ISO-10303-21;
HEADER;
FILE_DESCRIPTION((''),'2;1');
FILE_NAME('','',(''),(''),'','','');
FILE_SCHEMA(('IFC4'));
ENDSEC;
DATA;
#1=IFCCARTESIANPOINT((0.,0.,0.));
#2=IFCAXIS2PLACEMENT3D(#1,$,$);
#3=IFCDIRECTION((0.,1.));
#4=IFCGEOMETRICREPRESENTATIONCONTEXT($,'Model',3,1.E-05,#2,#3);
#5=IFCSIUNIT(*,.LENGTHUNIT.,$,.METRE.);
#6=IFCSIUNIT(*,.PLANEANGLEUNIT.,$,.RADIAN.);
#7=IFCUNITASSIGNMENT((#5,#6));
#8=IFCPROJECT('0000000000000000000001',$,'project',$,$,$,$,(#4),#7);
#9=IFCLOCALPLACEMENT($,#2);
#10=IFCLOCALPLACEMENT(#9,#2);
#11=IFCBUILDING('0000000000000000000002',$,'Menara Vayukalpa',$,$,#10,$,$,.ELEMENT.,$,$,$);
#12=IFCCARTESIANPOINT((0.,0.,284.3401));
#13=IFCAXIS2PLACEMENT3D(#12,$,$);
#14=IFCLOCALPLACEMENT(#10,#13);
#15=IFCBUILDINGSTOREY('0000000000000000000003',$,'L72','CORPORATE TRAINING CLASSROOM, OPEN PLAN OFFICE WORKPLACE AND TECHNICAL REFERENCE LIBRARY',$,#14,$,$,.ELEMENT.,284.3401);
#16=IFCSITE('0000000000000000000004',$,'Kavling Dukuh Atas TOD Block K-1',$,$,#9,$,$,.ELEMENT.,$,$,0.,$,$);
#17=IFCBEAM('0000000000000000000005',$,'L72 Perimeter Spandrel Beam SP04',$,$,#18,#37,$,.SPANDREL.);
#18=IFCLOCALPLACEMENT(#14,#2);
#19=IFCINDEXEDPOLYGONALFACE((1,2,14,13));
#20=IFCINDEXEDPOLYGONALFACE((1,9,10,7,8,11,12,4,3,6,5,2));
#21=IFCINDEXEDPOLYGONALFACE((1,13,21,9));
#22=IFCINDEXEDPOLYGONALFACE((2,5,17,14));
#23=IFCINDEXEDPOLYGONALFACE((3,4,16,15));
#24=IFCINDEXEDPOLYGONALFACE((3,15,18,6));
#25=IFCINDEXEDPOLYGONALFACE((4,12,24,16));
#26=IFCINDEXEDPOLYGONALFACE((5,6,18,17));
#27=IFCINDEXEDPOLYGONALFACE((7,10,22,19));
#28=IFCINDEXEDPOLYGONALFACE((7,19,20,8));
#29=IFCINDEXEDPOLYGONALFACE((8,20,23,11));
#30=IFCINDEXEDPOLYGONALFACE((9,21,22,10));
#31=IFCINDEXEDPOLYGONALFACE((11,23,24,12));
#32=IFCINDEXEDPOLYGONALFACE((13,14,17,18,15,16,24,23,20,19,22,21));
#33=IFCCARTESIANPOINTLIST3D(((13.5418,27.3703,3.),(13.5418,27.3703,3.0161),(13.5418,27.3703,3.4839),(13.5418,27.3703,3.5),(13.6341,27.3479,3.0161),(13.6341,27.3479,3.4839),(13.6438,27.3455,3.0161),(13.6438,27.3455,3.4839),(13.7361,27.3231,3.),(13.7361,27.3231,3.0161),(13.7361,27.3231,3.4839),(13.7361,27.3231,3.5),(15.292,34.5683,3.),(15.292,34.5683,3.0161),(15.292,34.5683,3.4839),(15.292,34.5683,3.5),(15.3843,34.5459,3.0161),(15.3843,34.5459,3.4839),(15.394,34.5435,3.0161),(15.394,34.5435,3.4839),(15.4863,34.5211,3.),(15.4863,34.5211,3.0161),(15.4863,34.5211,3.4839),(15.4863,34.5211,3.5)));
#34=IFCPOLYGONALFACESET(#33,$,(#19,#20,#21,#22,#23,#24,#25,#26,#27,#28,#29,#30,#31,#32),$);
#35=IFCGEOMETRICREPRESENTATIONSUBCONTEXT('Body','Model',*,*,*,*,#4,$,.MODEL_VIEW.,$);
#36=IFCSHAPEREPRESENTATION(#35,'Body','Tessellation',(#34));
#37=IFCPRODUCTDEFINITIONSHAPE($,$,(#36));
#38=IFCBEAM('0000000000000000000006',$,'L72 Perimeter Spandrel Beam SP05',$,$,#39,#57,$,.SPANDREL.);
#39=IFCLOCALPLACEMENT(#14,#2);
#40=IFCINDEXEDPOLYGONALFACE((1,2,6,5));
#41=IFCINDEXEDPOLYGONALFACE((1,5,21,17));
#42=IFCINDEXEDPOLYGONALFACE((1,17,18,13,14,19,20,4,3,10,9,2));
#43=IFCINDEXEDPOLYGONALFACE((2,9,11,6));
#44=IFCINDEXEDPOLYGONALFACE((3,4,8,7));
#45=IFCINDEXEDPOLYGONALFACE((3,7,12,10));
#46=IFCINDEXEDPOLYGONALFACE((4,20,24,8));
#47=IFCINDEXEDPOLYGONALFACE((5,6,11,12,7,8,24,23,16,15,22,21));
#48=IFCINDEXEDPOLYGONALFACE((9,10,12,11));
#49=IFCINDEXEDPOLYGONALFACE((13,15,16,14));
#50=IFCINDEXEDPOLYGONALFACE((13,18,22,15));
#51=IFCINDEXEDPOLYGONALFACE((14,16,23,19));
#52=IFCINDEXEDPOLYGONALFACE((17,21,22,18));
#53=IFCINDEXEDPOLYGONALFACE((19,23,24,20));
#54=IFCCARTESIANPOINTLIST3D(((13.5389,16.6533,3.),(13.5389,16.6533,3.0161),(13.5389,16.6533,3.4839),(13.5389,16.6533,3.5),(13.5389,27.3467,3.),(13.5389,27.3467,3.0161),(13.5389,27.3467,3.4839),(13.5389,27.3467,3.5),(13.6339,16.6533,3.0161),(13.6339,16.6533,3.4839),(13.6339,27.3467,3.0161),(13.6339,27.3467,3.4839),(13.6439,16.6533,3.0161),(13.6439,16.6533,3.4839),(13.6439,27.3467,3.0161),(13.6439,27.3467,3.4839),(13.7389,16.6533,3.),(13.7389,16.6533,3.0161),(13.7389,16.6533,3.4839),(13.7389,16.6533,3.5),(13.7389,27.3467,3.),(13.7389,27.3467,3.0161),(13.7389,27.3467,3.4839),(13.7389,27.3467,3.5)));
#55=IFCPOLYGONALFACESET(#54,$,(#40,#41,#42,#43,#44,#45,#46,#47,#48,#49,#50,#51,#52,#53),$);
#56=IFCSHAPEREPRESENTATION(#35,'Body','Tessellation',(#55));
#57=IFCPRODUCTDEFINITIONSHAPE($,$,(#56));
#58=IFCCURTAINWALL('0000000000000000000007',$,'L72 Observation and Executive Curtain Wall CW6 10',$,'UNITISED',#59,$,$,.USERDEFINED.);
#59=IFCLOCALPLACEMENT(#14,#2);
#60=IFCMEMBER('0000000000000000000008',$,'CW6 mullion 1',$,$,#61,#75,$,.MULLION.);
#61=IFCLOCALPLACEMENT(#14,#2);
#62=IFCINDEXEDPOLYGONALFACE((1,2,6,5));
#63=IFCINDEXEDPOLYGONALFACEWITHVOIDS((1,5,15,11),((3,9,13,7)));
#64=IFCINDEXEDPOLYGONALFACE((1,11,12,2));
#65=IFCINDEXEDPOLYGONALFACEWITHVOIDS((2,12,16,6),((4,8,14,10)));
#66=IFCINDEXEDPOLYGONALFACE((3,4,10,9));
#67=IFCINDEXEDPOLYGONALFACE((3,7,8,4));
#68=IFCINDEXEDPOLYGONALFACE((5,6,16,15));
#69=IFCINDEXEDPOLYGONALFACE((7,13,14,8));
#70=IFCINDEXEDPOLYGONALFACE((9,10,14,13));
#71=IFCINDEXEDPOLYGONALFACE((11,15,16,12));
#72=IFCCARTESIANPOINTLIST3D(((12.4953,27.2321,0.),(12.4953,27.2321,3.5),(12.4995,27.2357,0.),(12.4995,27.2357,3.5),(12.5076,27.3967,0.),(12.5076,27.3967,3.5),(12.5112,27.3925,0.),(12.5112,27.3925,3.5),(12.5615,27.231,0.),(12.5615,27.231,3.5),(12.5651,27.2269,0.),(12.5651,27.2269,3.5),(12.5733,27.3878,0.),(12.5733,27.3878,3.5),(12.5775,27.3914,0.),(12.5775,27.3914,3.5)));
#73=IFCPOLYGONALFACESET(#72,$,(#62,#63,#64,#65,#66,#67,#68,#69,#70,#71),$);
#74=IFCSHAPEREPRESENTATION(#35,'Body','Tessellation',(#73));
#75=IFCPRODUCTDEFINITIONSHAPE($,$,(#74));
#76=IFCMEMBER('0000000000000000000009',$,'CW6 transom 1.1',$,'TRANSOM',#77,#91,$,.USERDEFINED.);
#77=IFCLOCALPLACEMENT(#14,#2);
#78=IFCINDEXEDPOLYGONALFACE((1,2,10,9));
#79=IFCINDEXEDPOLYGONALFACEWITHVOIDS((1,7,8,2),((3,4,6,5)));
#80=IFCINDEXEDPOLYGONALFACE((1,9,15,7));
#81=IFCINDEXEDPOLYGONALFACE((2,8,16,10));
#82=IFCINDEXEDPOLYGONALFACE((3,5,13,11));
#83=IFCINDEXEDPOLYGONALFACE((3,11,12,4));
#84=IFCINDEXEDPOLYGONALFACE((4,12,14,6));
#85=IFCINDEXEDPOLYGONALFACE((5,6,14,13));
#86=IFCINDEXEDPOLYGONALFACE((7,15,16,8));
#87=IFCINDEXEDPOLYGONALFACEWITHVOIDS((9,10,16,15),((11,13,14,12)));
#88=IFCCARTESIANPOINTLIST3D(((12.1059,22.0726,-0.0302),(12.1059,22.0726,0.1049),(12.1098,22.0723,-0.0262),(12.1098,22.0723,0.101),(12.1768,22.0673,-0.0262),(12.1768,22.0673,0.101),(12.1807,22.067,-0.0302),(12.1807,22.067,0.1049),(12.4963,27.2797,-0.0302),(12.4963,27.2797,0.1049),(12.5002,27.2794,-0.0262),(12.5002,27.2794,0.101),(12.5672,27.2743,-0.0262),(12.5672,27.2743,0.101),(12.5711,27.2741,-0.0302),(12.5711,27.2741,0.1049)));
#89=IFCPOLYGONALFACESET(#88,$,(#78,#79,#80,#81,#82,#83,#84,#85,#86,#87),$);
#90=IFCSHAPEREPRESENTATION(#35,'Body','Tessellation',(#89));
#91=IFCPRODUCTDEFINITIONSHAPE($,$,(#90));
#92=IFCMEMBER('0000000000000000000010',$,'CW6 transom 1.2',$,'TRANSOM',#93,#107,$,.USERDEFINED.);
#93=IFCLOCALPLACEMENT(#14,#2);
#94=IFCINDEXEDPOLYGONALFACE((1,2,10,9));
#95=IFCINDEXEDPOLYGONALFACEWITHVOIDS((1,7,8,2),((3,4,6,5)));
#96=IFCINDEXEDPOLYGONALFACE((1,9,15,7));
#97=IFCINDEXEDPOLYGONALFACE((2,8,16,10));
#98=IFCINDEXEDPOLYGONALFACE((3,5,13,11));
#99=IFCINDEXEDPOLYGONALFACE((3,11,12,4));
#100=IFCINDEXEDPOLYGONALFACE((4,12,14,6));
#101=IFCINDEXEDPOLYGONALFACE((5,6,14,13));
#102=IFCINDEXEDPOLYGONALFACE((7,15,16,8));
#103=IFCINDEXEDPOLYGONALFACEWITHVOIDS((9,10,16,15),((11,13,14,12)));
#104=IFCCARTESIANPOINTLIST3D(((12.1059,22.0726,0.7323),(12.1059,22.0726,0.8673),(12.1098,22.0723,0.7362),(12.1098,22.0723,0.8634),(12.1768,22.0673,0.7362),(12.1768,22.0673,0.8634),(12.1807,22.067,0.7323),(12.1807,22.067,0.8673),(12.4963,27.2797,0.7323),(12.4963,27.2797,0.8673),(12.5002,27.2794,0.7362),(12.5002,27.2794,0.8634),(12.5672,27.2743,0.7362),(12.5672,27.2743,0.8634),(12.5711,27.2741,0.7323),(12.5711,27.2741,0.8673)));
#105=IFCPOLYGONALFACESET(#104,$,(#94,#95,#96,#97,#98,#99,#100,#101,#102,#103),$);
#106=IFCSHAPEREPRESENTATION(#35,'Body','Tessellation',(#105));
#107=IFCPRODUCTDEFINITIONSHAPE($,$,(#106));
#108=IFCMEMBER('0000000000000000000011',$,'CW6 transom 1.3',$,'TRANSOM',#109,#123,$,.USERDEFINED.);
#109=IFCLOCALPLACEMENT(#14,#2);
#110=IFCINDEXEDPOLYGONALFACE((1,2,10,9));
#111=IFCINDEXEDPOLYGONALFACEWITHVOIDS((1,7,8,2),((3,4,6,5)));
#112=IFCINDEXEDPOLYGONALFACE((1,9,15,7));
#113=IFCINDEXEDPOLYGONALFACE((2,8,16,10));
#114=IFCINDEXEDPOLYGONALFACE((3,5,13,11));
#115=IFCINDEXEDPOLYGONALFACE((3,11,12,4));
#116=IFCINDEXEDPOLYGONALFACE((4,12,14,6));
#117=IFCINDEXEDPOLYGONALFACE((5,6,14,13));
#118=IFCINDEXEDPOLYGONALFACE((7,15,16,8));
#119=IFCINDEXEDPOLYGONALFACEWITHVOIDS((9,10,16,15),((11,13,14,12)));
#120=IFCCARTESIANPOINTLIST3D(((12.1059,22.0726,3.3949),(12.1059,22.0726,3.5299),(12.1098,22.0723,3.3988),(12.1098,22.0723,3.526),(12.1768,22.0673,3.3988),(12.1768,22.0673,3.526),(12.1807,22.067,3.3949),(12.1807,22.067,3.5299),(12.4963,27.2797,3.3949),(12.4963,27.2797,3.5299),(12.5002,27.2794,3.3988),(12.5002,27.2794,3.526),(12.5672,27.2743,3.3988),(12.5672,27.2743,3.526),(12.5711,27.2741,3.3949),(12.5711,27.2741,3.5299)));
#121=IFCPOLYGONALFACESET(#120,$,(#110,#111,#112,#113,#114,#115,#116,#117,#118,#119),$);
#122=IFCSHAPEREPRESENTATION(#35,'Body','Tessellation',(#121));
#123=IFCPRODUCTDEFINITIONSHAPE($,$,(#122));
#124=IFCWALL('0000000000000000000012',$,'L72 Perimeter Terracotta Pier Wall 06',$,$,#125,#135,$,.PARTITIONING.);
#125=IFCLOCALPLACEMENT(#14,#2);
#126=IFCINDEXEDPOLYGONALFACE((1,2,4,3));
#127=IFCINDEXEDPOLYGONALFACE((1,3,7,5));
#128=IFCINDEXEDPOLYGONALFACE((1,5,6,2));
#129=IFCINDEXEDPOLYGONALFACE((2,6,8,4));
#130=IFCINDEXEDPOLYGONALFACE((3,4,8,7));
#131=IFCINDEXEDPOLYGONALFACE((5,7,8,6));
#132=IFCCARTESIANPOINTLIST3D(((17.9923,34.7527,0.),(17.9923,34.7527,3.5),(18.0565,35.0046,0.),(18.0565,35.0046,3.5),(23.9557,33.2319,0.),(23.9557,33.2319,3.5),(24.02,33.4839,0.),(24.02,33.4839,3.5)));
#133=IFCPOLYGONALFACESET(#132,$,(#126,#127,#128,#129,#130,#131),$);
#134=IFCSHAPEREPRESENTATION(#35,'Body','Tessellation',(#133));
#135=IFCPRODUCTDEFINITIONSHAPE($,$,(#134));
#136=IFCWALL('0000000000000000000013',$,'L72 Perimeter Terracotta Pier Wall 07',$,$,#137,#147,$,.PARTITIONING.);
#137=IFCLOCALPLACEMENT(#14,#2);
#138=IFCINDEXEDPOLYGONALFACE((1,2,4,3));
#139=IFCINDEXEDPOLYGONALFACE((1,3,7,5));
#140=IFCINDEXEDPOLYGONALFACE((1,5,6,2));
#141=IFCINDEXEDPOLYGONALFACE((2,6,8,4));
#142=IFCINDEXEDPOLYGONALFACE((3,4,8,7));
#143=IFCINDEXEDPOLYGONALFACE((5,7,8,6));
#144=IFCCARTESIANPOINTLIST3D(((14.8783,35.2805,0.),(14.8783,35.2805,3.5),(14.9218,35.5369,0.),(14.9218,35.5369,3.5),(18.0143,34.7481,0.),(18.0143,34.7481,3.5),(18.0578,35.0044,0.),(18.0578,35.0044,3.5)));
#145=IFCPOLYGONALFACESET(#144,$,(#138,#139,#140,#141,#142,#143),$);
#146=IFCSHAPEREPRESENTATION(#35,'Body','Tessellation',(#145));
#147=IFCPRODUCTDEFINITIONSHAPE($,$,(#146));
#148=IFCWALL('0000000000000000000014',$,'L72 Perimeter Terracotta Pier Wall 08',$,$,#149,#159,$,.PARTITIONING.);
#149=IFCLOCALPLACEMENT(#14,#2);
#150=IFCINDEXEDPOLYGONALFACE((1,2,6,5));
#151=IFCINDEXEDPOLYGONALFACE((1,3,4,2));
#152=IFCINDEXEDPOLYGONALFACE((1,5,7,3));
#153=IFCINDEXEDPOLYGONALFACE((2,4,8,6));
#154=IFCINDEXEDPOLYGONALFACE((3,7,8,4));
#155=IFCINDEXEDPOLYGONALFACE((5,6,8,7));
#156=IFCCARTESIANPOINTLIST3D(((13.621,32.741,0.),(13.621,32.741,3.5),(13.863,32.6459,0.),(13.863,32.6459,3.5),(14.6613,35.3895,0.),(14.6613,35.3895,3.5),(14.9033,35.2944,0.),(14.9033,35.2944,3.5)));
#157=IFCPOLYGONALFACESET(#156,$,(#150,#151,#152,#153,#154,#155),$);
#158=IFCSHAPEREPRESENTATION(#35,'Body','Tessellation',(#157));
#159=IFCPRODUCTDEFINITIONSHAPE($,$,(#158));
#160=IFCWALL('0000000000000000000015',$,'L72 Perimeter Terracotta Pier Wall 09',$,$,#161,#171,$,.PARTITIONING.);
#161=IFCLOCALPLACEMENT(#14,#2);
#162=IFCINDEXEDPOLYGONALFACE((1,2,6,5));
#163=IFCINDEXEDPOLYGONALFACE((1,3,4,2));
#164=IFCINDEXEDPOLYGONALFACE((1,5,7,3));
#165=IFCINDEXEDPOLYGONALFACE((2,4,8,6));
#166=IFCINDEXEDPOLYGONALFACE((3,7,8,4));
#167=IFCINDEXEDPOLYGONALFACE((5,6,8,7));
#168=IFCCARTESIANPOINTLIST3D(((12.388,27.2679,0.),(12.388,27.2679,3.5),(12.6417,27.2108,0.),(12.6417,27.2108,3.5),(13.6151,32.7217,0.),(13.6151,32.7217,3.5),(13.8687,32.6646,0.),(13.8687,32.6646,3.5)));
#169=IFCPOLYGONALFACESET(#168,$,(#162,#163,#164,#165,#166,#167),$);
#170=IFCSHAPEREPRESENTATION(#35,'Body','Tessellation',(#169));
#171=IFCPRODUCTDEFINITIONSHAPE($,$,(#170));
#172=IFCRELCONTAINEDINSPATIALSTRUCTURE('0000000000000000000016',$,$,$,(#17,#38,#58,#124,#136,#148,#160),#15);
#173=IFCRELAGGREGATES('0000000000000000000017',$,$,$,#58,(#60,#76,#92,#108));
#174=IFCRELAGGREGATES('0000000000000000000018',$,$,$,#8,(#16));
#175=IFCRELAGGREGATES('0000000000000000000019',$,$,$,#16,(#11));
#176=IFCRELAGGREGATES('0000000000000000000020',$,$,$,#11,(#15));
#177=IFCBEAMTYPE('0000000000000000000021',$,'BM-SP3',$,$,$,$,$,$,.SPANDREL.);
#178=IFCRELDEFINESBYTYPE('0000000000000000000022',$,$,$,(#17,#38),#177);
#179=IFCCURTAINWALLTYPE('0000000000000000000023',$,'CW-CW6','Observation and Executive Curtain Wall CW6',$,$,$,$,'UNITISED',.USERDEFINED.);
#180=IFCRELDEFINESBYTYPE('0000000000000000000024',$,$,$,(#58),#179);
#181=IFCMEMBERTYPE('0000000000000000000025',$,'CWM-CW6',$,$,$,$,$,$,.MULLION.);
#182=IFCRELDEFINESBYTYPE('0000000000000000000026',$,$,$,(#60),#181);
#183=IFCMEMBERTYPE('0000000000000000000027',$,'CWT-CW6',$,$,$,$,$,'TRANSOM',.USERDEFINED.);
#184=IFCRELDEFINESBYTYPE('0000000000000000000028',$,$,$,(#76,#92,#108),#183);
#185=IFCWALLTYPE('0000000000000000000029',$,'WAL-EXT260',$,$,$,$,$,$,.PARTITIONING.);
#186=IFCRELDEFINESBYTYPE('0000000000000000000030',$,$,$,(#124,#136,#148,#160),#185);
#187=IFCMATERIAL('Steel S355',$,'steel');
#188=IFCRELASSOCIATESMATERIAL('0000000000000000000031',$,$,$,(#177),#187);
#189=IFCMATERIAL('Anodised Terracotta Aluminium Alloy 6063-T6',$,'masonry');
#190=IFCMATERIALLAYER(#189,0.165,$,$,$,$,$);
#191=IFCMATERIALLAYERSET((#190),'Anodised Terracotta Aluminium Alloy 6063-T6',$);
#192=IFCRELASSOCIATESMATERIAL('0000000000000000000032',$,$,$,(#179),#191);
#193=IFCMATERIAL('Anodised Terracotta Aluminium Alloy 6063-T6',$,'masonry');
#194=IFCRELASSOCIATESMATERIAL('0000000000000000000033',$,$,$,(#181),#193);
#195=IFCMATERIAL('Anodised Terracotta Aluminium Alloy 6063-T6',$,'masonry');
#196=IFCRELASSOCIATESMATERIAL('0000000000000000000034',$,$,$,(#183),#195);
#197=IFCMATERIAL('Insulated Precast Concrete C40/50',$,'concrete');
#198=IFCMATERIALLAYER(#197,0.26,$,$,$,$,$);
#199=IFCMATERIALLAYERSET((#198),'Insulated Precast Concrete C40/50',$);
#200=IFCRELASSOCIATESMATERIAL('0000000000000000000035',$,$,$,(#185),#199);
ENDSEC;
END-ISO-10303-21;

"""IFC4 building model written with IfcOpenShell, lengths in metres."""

from ifc_helpers import new_model, si_unit, direction, frame, frame_2d, origin, origin_2d, place, context, subcontext, project, spatial, rectangle, hollow_rectangle, i_section, extrude, material, layer, layer_set, material_profile, profile_set, type_object, element, aggregate, save


model = new_model("IFC4")

# Units and contexts
model_context = context("Model", 3, precision=1e-05, world=origin(), true_north=direction((0.0, 1.0)))
body_context = subcontext(model_context, "Body", "Model", "MODEL_VIEW")
ifc_project = project(units=[si_unit("LENGTHUNIT", "METRE"), si_unit("PLANEANGLEUNIT", "RADIAN")], contexts=[model_context])

# Site, building, storey
site_placement = place(None, origin())
site = spatial("IfcSite", under=ifc_project, at=site_placement, Name="Kavling Dukuh Atas TOD Block K-1", CompositionType="ELEMENT", RefElevation=0.0)
building_placement = place(site_placement, origin())
building = spatial("IfcBuilding", under=site, at=building_placement, Name="Menara Vayukalpa", CompositionType="ELEMENT")
storey_placement = place(building_placement, frame((0.0, 0.0, 284.3401)))
storey = spatial("IfcBuildingStorey", under=building, at=storey_placement, Name="L72", Description="CORPORATE TRAINING CLASSROOM, OPEN PLAN OFFICE WORKPLACE AND TECHNICAL REFERENCE LIBRARY", CompositionType="ELEMENT", Elevation=284.3401)

# Beams
ifc_material_1 = material(Name="Steel S355", Category="steel")
ifc_material_profile_1 = material_profile(ifc_material_1, i_section(OverallWidth=0.2, OverallDepth=0.5, WebThickness=0.01, FlangeThickness=0.0161, at=origin_2d()), Name="WF 500x200x10x16")
ifc_profile_set_1 = profile_set([ifc_material_profile_1], Name="Steel S355")
beam_type_1 = type_object("IfcBeamType", Name="BM-SP3", PredefinedType="SPANDREL", material=ifc_profile_set_1)
beam_1_placement = place(storey_placement, frame((15.3892, 34.5447, 3.25), z_axis=(-0.236273, -0.971687, 0.0), x_axis=(0.971687, -0.236273, 0.0)))
element("IfcBeam", 1, at=beam_1_placement, inside=storey, type_object=beam_type_1, Name="L72 Perimeter Spandrel Beam SP04", PredefinedType="SPANDREL", context=body_context, shape_type="SweptSolid", body=[
    extrude(i_section(OverallWidth=0.2, OverallDepth=0.5, WebThickness=0.01, FlangeThickness=0.0161, at=origin_2d()), origin(), (0.0, 0.0, 1.0), 7.4077),
])
beam_2_placement = place(storey_placement, frame((13.6389, 27.3467, 3.25), z_axis=(0.0, -1.0, 0.0), x_axis=(1.0, 0.0, 0.0)))
element("IfcBeam", 2, at=beam_2_placement, inside=storey, type_object=beam_type_1, Name="L72 Perimeter Spandrel Beam SP05", PredefinedType="SPANDREL", context=body_context, shape_type="SweptSolid", body=[
    extrude(i_section(OverallWidth=0.2, OverallDepth=0.5, WebThickness=0.01, FlangeThickness=0.0161, at=origin_2d()), origin(), (0.0, 0.0, 1.0), 10.6934),
])

# Curtain wall, members
ifc_material_2 = material(Name="Anodised Terracotta Aluminium Alloy 6063-T6", Category="masonry")
ifc_layer_1 = layer(ifc_material_2, 0.165)
ifc_layer_set_1 = layer_set([ifc_layer_1], Name="Anodised Terracotta Aluminium Alloy 6063-T6")
curtain_wall_type = type_object("IfcCurtainWallType", Name="CW-CW6", Description="Observation and Executive Curtain Wall CW6", ElementType="UNITISED", PredefinedType="USERDEFINED", material=ifc_layer_set_1)
curtain_wall_placement = place(storey_placement, origin())
curtain_wall = element("IfcCurtainWall", 3, at=curtain_wall_placement, inside=storey, type_object=curtain_wall_type, Name="L72 Observation and Executive Curtain Wall CW6 10", ObjectType="UNITISED", PredefinedType="USERDEFINED")
ifc_material_3 = material(Name="Anodised Terracotta Aluminium Alloy 6063-T6", Category="masonry")
ifc_material_profile_2 = material_profile(ifc_material_3, hollow_rectangle(XDim=0.0701, YDim=0.165, WallThickness=0.0039, at=origin_2d()), Name="ALU 70x165x4")
ifc_profile_set_2 = profile_set([ifc_material_profile_2], Name="Anodised Terracotta Aluminium Alloy 6063-T6")
member_type_1 = type_object("IfcMemberType", Name="CWM-CW6", PredefinedType="MULLION", material=ifc_profile_set_2)
member_1_placement = place(storey_placement, frame((12.5364, 27.3118, 0.0), z_axis=(0.0, 0.0, 1.0), x_axis=(0.997199, -0.074789, 0.0)))
member_1 = element("IfcMember", 4, at=member_1_placement, type_object=member_type_1, Name="CW6 mullion 1", PredefinedType="MULLION", context=body_context, shape_type="SweptSolid", body=[
    extrude(hollow_rectangle(XDim=0.0701, YDim=0.165, WallThickness=0.0039, at=origin_2d()), origin(), (0.0, 0.0, 1.0), 3.5),
])
ifc_material_4 = material(Name="Anodised Terracotta Aluminium Alloy 6063-T6", Category="masonry")
ifc_material_profile_3 = material_profile(ifc_material_4, hollow_rectangle(XDim=0.075, YDim=0.135, WallThickness=0.0039, at=origin_2d()), Name="ALU 75x135x4")
ifc_profile_set_3 = profile_set([ifc_material_profile_3], Name="Anodised Terracotta Aluminium Alloy 6063-T6")
member_type_2 = type_object("IfcMemberType", Name="CWT-CW6", ElementType="TRANSOM", PredefinedType="USERDEFINED", material=ifc_profile_set_3)
member_2_placement = place(storey_placement, frame((12.5337, 27.2769, 0.0374), z_axis=(-0.074762, -0.997201, 0.0), x_axis=(0.997201, -0.074762, 0.0)))
member_2 = element("IfcMember", 5, at=member_2_placement, type_object=member_type_2, Name="CW6 transom 1.1", ObjectType="TRANSOM", PredefinedType="USERDEFINED", context=body_context, shape_type="SweptSolid", body=[
    extrude(hollow_rectangle(XDim=0.075, YDim=0.135, WallThickness=0.0039, at=origin_2d()), origin(), (0.0, 0.0, 1.0), 5.2217),
])
member_3_placement = place(storey_placement, frame((12.5337, 27.2769, 0.7998), z_axis=(-0.074762, -0.997201, 0.0), x_axis=(0.997201, -0.074762, 0.0)))
member_3 = element("IfcMember", 6, at=member_3_placement, type_object=member_type_2, Name="CW6 transom 1.2", ObjectType="TRANSOM", PredefinedType="USERDEFINED", context=body_context, shape_type="SweptSolid", body=[
    extrude(hollow_rectangle(XDim=0.075, YDim=0.135, WallThickness=0.0039, at=origin_2d()), origin(), (0.0, 0.0, 1.0), 5.2217),
])
member_4_placement = place(storey_placement, frame((12.5337, 27.2769, 3.4624), z_axis=(-0.074762, -0.997201, 0.0), x_axis=(0.997201, -0.074762, 0.0)))
member_4 = element("IfcMember", 7, at=member_4_placement, type_object=member_type_2, Name="CW6 transom 1.3", ObjectType="TRANSOM", PredefinedType="USERDEFINED", context=body_context, shape_type="SweptSolid", body=[
    extrude(hollow_rectangle(XDim=0.075, YDim=0.135, WallThickness=0.0039, at=origin_2d()), origin(), (0.0, 0.0, 1.0), 5.2217),
])
aggregate(curtain_wall, [member_1, member_2, member_3, member_4])

# Walls
ifc_material_5 = material(Name="Insulated Precast Concrete C40/50", Category="concrete")
ifc_layer_2 = layer(ifc_material_5, 0.26)
ifc_layer_set_2 = layer_set([ifc_layer_2], Name="Insulated Precast Concrete C40/50")
wall_type_1 = type_object("IfcWallType", Name="WAL-EXT260", PredefinedType="PARTITIONING", material=ifc_layer_set_2)
wall_1_placement = place(storey_placement, frame((18.0244, 34.8787, 0.0), z_axis=(0.0, 0.0, 1.0), x_axis=(0.968988, -0.247107, 0.0)))
element("IfcWall", 8, at=wall_1_placement, inside=storey, type_object=wall_type_1, Name="L72 Perimeter Terracotta Pier Wall 06", PredefinedType="PARTITIONING", context=body_context, shape_type="SweptSolid", body=[
    extrude(rectangle(XDim=6.1543, YDim=0.26, at=frame_2d((3.0771, 0.0))), origin(), (0.0, 0.0, 1.0), 3.5),
])
wall_2_placement = place(storey_placement, frame((14.9001, 35.4087, 0.0), z_axis=(0.0, 0.0, 1.0), x_axis=(0.985889, -0.167398, 0.0)))
element("IfcWall", 9, at=wall_2_placement, inside=storey, type_object=wall_type_1, Name="L72 Perimeter Terracotta Pier Wall 07", PredefinedType="PARTITIONING", context=body_context, shape_type="SweptSolid", body=[
    extrude(rectangle(XDim=3.1809, YDim=0.26, at=frame_2d((1.5903, 0.0))), origin(), (0.0, 0.0, 1.0), 3.5),
])
wall_3_placement = place(storey_placement, frame((13.7419, 32.6934, 0.0), z_axis=(0.0, 0.0, 1.0), x_axis=(0.365599, 0.930772, 0.0)))
element("IfcWall", 10, at=wall_3_placement, inside=storey, type_object=wall_type_1, Name="L72 Perimeter Terracotta Pier Wall 08", PredefinedType="PARTITIONING", context=body_context, shape_type="SweptSolid", body=[
    extrude(rectangle(XDim=2.8455, YDim=0.26, at=frame_2d((1.4229, 0.0))), origin(), (0.0, 0.0, 1.0), 3.5),
])
wall_4_placement = place(storey_placement, frame((12.5149, 27.2395, 0.0), z_axis=(0.0, 0.0, 1.0), x_axis=(0.219501, 0.975612, 0.0)))
element("IfcWall", 11, at=wall_4_placement, inside=storey, type_object=wall_type_1, Name="L72 Perimeter Terracotta Pier Wall 09", PredefinedType="PARTITIONING", context=body_context, shape_type="SweptSolid", body=[
    extrude(rectangle(XDim=5.5901, YDim=0.26, at=frame_2d((2.7949, 0.0))), origin(), (0.0, 0.0, 1.0), 3.5),
])

save(model, "model.ifc")
